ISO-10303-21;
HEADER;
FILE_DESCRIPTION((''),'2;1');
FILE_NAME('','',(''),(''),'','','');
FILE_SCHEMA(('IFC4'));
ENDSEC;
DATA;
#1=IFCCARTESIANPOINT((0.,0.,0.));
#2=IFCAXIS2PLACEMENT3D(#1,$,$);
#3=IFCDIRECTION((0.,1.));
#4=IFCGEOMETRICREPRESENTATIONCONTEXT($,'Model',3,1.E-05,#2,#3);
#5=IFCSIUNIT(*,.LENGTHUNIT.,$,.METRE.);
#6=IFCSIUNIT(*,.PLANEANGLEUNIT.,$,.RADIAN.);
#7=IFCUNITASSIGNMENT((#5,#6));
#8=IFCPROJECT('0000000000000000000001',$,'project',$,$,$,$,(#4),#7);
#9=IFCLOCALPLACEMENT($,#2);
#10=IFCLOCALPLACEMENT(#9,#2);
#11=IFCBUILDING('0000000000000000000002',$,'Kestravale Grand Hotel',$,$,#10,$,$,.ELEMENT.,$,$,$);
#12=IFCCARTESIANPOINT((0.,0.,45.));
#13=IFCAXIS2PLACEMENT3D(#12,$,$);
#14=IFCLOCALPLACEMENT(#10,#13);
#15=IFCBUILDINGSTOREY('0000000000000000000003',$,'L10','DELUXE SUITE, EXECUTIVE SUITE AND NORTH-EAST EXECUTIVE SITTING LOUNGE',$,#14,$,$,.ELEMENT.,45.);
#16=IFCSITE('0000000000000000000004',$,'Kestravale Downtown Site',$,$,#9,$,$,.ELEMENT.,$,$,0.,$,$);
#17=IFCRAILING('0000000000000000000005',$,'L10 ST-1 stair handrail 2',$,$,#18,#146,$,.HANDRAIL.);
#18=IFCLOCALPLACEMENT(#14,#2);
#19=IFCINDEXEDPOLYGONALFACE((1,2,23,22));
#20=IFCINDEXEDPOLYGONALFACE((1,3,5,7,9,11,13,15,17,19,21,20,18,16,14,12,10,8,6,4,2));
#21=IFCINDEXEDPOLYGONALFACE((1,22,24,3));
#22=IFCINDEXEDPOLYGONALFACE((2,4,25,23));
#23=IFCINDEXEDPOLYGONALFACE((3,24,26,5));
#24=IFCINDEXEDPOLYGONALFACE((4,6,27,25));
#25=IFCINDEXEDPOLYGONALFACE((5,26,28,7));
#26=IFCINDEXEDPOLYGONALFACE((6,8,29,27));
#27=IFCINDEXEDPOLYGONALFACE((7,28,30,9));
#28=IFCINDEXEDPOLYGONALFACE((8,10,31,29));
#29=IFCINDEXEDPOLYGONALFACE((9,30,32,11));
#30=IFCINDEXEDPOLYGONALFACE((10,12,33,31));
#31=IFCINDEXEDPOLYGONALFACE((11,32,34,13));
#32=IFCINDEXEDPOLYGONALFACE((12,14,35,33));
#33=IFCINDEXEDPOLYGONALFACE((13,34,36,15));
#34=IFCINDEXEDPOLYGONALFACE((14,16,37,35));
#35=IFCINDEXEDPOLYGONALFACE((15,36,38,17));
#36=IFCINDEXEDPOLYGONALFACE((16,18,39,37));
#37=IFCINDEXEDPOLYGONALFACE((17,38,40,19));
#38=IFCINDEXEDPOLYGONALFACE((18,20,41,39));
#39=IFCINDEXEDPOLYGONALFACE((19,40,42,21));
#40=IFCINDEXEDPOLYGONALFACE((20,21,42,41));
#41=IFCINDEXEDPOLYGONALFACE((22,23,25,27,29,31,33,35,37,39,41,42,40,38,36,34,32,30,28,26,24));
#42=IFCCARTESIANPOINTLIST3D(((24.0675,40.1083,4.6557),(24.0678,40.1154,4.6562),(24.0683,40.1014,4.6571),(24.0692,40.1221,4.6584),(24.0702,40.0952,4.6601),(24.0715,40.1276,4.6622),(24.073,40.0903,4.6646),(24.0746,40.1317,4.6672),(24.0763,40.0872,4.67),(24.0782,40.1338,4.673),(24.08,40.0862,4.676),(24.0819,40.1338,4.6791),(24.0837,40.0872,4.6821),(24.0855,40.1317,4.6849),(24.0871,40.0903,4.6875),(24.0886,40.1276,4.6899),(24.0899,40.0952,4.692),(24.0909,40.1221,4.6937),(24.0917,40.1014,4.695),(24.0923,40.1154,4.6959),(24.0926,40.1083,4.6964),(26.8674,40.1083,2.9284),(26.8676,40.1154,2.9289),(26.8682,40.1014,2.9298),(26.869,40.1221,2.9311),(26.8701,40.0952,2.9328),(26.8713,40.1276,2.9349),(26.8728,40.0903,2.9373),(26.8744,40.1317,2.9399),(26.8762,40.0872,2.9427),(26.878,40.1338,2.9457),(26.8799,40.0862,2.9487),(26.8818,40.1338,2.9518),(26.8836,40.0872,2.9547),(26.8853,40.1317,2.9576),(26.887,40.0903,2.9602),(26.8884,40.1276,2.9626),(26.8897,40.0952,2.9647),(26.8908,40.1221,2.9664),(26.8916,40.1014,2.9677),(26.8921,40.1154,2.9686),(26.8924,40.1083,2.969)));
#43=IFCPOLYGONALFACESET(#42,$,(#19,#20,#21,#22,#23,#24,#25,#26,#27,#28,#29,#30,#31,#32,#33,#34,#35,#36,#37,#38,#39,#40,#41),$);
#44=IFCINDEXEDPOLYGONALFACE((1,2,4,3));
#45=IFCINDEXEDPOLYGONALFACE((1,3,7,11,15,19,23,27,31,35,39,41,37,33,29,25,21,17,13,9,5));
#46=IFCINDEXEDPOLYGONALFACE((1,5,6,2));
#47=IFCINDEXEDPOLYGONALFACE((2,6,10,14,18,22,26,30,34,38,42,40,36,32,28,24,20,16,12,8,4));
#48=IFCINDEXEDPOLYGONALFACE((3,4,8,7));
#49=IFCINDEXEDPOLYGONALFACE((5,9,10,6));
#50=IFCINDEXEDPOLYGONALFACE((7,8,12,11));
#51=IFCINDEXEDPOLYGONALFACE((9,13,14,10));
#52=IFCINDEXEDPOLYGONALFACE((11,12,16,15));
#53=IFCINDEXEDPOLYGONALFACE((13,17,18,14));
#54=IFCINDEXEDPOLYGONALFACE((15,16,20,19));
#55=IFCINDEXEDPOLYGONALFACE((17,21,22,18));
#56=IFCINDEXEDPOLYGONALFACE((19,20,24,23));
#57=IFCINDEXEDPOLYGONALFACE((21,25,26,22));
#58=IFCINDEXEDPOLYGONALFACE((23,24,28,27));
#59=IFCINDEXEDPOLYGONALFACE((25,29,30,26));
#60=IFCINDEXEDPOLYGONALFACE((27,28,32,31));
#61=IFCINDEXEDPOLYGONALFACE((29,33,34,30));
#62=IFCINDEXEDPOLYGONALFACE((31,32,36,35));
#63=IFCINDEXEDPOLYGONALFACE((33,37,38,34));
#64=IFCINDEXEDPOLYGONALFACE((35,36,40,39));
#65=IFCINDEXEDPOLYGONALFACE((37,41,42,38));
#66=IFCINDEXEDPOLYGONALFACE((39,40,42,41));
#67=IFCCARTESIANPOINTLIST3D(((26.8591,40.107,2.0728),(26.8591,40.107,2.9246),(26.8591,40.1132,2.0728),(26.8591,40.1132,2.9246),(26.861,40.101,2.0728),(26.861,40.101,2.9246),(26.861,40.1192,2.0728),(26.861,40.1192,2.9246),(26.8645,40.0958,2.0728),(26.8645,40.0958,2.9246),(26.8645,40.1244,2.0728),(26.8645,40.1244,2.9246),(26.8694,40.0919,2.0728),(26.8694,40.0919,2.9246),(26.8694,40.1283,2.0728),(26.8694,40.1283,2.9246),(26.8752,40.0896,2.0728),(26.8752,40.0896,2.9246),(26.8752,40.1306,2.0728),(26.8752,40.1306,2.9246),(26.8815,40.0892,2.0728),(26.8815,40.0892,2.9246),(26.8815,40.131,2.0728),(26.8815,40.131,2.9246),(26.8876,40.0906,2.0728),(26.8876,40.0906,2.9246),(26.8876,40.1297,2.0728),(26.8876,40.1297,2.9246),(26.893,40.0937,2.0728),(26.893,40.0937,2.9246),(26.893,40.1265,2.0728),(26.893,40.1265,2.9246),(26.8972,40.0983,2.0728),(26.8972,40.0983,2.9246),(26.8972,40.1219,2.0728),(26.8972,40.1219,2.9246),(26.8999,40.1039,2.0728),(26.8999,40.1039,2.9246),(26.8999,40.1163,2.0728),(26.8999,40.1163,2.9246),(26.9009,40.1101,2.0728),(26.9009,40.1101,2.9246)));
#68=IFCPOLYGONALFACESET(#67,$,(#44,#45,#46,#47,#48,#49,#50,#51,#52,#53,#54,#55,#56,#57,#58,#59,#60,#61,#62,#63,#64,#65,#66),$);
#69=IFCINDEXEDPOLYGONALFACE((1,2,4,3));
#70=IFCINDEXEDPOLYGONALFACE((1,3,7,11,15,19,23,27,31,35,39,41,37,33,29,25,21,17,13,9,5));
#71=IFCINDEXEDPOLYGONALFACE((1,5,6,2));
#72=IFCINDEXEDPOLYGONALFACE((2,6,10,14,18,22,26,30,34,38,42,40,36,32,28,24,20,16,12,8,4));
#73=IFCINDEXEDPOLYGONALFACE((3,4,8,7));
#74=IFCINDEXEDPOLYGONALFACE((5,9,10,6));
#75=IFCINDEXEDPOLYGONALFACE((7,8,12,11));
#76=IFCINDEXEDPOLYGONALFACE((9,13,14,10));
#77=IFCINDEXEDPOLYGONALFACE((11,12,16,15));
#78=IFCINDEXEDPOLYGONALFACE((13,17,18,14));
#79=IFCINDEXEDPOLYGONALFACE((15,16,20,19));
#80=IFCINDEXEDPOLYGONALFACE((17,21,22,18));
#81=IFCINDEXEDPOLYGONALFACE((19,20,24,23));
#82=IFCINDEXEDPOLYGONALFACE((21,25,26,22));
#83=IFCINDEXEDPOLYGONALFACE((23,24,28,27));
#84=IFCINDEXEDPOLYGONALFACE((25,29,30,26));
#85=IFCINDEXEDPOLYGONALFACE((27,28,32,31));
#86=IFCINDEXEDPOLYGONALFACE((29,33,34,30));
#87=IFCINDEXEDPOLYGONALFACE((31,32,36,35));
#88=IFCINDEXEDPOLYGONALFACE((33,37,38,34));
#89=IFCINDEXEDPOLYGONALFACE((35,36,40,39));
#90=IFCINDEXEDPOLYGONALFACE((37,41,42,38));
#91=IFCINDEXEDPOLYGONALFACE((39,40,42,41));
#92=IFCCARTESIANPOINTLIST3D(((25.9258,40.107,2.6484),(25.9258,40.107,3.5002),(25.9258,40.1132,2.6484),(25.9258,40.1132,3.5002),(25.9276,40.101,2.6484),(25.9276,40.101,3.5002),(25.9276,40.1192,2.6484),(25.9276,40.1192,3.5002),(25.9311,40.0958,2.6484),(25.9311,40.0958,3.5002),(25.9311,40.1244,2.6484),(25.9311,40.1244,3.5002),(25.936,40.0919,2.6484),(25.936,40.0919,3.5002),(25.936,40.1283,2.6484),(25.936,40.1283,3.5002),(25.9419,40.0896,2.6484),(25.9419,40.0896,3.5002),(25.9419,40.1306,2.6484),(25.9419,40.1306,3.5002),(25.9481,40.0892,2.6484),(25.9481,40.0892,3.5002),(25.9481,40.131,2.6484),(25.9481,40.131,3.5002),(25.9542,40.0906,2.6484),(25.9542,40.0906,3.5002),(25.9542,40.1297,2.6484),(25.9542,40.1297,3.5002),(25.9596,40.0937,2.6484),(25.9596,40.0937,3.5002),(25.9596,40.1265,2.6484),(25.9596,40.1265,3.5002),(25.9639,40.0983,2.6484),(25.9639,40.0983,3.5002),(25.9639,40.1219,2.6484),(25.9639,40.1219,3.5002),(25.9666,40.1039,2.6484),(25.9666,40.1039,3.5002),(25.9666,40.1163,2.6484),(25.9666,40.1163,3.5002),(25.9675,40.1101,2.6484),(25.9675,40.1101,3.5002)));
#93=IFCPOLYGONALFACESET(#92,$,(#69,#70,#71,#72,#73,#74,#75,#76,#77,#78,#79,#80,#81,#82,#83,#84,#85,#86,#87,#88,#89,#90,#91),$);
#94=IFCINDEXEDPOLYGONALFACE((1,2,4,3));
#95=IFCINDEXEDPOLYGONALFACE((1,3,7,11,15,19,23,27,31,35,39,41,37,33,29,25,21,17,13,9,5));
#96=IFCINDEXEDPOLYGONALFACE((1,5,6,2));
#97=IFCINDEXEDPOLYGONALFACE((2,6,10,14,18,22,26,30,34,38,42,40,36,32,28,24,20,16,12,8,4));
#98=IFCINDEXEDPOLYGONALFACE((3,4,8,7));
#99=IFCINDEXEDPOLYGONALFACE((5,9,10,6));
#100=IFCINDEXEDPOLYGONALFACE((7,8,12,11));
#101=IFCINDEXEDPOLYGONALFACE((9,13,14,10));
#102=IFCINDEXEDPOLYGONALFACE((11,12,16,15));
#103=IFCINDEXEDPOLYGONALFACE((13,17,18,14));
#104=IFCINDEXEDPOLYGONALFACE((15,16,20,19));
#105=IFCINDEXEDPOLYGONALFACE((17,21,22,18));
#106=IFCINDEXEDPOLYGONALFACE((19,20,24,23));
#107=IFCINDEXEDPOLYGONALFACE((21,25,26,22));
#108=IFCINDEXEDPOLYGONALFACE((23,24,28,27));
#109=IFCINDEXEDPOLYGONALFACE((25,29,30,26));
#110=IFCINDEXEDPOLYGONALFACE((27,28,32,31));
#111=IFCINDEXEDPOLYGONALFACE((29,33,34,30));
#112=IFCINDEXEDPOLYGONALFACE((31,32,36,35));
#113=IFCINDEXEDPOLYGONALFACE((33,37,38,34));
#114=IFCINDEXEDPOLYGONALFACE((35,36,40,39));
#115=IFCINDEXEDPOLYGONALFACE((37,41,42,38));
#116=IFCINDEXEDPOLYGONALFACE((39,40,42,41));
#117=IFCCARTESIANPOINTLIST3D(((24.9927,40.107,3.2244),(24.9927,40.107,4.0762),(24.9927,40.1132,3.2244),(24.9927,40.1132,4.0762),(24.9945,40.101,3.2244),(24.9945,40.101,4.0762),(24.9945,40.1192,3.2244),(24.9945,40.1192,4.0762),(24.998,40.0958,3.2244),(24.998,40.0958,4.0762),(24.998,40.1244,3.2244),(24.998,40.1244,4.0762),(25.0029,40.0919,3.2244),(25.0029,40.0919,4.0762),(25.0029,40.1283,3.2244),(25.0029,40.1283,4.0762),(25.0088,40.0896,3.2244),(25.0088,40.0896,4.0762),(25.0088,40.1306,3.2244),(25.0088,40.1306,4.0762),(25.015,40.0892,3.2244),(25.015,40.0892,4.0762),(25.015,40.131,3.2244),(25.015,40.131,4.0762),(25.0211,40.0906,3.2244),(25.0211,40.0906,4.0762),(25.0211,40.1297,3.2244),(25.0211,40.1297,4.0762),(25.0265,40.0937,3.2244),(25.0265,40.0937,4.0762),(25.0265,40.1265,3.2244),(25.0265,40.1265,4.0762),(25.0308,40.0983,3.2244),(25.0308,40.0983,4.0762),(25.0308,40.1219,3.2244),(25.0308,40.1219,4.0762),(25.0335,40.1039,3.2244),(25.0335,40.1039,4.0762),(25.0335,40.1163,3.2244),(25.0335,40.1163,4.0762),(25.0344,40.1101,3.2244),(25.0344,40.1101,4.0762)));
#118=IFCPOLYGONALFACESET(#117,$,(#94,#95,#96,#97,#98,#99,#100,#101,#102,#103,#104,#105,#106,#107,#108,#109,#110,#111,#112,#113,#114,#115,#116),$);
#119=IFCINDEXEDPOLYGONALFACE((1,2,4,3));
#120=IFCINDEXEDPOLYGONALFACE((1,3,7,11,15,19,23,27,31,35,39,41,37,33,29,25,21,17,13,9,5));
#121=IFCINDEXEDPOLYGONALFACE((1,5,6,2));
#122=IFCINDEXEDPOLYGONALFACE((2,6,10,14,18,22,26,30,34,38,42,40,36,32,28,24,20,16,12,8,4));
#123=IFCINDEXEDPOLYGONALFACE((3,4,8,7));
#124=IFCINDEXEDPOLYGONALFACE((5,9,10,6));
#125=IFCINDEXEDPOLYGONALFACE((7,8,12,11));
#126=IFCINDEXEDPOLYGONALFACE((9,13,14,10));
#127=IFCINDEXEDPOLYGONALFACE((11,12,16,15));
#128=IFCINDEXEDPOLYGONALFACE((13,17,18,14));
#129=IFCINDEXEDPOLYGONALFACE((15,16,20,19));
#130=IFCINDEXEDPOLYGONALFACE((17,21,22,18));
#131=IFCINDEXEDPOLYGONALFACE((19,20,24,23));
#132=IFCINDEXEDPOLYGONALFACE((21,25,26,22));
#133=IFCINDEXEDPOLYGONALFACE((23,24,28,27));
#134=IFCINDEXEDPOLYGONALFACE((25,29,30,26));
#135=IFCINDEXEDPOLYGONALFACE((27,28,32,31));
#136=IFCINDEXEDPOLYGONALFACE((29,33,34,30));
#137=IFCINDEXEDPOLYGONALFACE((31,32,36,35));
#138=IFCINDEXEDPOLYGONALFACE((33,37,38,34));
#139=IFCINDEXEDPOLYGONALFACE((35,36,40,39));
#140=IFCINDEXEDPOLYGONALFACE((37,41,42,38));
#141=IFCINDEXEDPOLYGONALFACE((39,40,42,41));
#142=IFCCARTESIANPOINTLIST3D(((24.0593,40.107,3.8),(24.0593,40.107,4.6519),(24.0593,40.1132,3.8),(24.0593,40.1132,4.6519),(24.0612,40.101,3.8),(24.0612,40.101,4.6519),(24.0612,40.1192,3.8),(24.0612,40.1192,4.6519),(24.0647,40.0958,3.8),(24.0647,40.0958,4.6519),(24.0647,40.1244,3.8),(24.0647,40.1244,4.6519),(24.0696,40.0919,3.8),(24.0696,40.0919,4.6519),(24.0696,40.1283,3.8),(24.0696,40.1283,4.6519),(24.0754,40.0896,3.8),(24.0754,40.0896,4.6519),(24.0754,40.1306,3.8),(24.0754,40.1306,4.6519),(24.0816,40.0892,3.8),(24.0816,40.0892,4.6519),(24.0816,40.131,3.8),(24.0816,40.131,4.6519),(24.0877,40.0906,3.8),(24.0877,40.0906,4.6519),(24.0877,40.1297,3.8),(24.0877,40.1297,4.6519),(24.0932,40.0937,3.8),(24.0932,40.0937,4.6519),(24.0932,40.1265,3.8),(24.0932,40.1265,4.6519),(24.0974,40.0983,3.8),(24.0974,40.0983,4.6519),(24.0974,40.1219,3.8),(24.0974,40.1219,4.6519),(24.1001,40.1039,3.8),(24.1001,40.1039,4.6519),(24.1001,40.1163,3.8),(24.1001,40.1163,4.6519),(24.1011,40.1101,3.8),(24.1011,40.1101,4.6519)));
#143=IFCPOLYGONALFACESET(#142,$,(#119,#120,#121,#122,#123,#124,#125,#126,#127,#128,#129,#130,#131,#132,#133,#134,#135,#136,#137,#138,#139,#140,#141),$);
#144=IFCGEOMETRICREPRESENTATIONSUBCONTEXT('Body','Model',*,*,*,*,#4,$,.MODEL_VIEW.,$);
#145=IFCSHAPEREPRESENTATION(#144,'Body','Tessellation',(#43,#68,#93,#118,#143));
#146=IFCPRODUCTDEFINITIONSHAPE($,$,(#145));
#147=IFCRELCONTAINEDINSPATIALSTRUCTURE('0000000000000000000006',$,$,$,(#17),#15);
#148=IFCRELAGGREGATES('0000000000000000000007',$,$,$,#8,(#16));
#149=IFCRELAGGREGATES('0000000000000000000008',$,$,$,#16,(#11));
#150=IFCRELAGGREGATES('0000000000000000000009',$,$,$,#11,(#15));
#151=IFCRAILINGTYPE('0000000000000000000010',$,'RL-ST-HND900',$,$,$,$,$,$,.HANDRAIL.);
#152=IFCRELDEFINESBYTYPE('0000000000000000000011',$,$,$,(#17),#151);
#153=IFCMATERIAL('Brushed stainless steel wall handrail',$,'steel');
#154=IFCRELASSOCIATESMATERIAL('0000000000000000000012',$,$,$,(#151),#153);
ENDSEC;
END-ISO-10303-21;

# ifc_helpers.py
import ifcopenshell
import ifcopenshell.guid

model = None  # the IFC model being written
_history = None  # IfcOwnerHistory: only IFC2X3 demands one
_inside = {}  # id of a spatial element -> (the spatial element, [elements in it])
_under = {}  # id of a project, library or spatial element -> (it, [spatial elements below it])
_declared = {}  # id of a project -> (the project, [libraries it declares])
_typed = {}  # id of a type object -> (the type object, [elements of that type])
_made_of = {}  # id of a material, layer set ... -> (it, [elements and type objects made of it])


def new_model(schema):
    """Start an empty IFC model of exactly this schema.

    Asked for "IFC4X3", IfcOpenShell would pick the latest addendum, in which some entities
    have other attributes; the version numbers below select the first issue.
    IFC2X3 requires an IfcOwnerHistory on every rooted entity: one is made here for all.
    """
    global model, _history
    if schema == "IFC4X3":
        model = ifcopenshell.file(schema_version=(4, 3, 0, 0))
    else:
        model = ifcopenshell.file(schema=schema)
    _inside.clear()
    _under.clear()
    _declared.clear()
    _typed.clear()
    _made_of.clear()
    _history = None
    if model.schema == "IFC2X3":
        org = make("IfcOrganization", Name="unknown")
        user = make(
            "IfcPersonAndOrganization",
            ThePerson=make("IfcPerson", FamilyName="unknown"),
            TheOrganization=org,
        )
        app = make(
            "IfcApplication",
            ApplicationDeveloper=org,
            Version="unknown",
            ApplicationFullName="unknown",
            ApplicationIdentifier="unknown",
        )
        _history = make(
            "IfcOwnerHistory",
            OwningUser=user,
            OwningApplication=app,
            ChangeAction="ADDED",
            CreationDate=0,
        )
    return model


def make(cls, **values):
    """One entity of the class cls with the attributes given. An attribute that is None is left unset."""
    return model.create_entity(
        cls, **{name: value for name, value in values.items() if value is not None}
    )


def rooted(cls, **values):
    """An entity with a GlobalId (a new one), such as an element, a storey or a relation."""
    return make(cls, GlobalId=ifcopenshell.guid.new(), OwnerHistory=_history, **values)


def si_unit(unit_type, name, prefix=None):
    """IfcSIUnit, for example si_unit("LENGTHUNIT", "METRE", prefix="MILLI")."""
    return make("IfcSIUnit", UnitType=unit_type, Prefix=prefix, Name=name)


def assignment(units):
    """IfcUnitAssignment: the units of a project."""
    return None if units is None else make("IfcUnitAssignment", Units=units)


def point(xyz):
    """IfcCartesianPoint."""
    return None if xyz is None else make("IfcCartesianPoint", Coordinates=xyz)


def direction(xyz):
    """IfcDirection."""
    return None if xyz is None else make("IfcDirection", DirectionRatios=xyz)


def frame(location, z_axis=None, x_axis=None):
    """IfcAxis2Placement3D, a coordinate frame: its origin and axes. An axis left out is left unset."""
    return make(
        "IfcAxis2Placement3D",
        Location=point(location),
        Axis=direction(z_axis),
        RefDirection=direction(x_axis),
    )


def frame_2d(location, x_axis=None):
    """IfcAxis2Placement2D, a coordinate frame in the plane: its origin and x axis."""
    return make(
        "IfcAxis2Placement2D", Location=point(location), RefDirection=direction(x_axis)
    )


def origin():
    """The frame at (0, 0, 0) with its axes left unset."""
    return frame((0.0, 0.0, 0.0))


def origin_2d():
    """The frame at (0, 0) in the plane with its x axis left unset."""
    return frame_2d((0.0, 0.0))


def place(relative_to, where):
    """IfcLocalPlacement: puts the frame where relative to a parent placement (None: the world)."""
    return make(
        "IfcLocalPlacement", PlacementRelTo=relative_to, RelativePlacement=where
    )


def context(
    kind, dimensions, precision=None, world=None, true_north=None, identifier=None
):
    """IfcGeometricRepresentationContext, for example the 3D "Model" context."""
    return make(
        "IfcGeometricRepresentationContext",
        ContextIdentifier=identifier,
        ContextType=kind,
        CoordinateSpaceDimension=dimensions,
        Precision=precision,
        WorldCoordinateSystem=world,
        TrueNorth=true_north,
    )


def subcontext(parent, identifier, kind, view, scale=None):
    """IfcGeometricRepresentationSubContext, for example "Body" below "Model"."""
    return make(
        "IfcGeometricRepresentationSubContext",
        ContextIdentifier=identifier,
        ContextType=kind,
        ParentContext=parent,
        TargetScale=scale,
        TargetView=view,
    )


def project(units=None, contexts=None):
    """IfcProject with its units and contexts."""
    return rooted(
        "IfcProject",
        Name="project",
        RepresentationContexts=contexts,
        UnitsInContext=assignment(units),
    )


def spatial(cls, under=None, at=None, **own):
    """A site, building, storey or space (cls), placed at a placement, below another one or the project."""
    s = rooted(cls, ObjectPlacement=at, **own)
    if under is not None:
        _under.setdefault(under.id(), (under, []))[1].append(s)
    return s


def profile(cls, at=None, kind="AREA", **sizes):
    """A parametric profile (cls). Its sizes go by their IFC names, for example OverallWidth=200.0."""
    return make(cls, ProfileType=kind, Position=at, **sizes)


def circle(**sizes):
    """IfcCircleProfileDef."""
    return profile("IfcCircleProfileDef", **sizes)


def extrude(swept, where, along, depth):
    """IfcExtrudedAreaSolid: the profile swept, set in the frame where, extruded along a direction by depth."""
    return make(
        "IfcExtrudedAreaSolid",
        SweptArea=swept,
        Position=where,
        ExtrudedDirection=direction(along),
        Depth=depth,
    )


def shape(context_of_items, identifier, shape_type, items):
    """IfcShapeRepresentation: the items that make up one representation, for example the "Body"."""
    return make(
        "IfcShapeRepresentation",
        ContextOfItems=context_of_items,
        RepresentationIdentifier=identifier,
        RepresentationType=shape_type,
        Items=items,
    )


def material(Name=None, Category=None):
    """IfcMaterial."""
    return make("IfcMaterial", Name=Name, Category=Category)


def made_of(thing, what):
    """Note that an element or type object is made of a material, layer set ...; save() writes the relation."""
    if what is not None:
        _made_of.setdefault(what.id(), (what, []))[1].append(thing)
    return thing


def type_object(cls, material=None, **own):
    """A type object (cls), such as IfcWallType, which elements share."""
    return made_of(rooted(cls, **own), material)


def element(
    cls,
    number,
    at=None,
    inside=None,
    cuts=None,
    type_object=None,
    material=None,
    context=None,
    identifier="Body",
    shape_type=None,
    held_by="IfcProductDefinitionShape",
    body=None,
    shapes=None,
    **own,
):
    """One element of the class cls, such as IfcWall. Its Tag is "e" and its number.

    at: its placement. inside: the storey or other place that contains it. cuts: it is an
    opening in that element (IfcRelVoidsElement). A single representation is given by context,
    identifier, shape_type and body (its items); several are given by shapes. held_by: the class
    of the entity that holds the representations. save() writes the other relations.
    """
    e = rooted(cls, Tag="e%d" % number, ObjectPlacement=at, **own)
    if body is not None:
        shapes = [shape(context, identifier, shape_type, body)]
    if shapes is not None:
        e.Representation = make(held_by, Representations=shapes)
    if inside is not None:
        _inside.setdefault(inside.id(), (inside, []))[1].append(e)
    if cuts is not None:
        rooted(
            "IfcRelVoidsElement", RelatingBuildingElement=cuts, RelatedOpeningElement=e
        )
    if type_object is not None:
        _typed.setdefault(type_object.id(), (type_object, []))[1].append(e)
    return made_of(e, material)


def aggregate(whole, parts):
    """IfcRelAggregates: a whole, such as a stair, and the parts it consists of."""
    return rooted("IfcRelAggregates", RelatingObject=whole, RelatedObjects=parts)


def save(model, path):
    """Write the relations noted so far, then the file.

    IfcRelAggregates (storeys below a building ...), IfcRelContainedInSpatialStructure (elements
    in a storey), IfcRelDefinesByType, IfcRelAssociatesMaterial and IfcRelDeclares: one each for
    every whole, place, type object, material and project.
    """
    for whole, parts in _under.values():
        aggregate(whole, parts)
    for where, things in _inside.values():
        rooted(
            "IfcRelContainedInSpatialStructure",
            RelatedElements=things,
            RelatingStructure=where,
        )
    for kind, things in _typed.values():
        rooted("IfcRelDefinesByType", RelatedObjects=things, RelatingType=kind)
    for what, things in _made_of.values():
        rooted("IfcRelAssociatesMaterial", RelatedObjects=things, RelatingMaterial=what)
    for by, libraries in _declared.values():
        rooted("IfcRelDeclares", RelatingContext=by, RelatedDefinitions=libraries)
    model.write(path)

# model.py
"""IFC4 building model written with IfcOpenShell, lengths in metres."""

from ifc_helpers import new_model, si_unit, direction, frame, origin, origin_2d, place, context, subcontext, project, spatial, circle, extrude, material, type_object, element, save


model = new_model("IFC4")

# Units and contexts
model_context = context("Model", 3, precision=1e-05, world=origin(), true_north=direction((0.0, 1.0)))
body_context = subcontext(model_context, "Body", "Model", "MODEL_VIEW")
ifc_project = project(units=[si_unit("LENGTHUNIT", "METRE"), si_unit("PLANEANGLEUNIT", "RADIAN")], contexts=[model_context])

# Site, building, storey
site_placement = place(None, origin())
site = spatial("IfcSite", under=ifc_project, at=site_placement, Name="Kestravale Downtown Site", CompositionType="ELEMENT", RefElevation=0.0)
building_placement = place(site_placement, origin())
building = spatial("IfcBuilding", under=site, at=building_placement, Name="Kestravale Grand Hotel", CompositionType="ELEMENT")
storey_placement = place(building_placement, frame((0.0, 0.0, 45.0)))
storey = spatial("IfcBuildingStorey", under=building, at=storey_placement, Name="L10", Description="DELUXE SUITE, EXECUTIVE SUITE AND NORTH-EAST EXECUTIVE SITTING LOUNGE", CompositionType="ELEMENT", Elevation=45.0)

# Railing
ifc_material_1 = material(Name="Brushed stainless steel wall handrail", Category="steel")
railing_type_1 = type_object("IfcRailingType", Name="RL-ST-HND900", PredefinedType="HANDRAIL", material=ifc_material_1)
railing_1_placement = place(storey_placement, frame((26.8799, 40.1101, 2.0728)))
element("IfcRailing", 1, at=railing_1_placement, inside=storey, type_object=railing_type_1, Name="L10 ST-1 stair handrail 2", PredefinedType="HANDRAIL", context=body_context, shape_type="SweptSolid", body=[
    extrude(circle(Radius=0.0239, at=origin_2d()), frame((0.0, 0.0, 0.876), z_axis=(-0.851069, 0.0, 0.525054), x_axis=(0.0, -1.0, 0.0)), (0.0, 0.0, 1.0), 3.2898),
    extrude(circle(Radius=0.021, at=origin_2d()), origin(), (0.0, 0.0, 1.0), 0.8518),
    extrude(circle(Radius=0.021, at=origin_2d()), frame((-0.9333, 0.0, 0.5757)), (0.0, 0.0, 1.0), 0.8518),
    extrude(circle(Radius=0.021, at=origin_2d()), frame((-1.8665, 0.0, 1.1516)), (0.0, 0.0, 1.0), 0.8518),
    extrude(circle(Radius=0.021, at=origin_2d()), frame((-2.7998, 0.0, 1.7273)), (0.0, 0.0, 1.0), 0.8518),
])

save(model, "model.ifc")
